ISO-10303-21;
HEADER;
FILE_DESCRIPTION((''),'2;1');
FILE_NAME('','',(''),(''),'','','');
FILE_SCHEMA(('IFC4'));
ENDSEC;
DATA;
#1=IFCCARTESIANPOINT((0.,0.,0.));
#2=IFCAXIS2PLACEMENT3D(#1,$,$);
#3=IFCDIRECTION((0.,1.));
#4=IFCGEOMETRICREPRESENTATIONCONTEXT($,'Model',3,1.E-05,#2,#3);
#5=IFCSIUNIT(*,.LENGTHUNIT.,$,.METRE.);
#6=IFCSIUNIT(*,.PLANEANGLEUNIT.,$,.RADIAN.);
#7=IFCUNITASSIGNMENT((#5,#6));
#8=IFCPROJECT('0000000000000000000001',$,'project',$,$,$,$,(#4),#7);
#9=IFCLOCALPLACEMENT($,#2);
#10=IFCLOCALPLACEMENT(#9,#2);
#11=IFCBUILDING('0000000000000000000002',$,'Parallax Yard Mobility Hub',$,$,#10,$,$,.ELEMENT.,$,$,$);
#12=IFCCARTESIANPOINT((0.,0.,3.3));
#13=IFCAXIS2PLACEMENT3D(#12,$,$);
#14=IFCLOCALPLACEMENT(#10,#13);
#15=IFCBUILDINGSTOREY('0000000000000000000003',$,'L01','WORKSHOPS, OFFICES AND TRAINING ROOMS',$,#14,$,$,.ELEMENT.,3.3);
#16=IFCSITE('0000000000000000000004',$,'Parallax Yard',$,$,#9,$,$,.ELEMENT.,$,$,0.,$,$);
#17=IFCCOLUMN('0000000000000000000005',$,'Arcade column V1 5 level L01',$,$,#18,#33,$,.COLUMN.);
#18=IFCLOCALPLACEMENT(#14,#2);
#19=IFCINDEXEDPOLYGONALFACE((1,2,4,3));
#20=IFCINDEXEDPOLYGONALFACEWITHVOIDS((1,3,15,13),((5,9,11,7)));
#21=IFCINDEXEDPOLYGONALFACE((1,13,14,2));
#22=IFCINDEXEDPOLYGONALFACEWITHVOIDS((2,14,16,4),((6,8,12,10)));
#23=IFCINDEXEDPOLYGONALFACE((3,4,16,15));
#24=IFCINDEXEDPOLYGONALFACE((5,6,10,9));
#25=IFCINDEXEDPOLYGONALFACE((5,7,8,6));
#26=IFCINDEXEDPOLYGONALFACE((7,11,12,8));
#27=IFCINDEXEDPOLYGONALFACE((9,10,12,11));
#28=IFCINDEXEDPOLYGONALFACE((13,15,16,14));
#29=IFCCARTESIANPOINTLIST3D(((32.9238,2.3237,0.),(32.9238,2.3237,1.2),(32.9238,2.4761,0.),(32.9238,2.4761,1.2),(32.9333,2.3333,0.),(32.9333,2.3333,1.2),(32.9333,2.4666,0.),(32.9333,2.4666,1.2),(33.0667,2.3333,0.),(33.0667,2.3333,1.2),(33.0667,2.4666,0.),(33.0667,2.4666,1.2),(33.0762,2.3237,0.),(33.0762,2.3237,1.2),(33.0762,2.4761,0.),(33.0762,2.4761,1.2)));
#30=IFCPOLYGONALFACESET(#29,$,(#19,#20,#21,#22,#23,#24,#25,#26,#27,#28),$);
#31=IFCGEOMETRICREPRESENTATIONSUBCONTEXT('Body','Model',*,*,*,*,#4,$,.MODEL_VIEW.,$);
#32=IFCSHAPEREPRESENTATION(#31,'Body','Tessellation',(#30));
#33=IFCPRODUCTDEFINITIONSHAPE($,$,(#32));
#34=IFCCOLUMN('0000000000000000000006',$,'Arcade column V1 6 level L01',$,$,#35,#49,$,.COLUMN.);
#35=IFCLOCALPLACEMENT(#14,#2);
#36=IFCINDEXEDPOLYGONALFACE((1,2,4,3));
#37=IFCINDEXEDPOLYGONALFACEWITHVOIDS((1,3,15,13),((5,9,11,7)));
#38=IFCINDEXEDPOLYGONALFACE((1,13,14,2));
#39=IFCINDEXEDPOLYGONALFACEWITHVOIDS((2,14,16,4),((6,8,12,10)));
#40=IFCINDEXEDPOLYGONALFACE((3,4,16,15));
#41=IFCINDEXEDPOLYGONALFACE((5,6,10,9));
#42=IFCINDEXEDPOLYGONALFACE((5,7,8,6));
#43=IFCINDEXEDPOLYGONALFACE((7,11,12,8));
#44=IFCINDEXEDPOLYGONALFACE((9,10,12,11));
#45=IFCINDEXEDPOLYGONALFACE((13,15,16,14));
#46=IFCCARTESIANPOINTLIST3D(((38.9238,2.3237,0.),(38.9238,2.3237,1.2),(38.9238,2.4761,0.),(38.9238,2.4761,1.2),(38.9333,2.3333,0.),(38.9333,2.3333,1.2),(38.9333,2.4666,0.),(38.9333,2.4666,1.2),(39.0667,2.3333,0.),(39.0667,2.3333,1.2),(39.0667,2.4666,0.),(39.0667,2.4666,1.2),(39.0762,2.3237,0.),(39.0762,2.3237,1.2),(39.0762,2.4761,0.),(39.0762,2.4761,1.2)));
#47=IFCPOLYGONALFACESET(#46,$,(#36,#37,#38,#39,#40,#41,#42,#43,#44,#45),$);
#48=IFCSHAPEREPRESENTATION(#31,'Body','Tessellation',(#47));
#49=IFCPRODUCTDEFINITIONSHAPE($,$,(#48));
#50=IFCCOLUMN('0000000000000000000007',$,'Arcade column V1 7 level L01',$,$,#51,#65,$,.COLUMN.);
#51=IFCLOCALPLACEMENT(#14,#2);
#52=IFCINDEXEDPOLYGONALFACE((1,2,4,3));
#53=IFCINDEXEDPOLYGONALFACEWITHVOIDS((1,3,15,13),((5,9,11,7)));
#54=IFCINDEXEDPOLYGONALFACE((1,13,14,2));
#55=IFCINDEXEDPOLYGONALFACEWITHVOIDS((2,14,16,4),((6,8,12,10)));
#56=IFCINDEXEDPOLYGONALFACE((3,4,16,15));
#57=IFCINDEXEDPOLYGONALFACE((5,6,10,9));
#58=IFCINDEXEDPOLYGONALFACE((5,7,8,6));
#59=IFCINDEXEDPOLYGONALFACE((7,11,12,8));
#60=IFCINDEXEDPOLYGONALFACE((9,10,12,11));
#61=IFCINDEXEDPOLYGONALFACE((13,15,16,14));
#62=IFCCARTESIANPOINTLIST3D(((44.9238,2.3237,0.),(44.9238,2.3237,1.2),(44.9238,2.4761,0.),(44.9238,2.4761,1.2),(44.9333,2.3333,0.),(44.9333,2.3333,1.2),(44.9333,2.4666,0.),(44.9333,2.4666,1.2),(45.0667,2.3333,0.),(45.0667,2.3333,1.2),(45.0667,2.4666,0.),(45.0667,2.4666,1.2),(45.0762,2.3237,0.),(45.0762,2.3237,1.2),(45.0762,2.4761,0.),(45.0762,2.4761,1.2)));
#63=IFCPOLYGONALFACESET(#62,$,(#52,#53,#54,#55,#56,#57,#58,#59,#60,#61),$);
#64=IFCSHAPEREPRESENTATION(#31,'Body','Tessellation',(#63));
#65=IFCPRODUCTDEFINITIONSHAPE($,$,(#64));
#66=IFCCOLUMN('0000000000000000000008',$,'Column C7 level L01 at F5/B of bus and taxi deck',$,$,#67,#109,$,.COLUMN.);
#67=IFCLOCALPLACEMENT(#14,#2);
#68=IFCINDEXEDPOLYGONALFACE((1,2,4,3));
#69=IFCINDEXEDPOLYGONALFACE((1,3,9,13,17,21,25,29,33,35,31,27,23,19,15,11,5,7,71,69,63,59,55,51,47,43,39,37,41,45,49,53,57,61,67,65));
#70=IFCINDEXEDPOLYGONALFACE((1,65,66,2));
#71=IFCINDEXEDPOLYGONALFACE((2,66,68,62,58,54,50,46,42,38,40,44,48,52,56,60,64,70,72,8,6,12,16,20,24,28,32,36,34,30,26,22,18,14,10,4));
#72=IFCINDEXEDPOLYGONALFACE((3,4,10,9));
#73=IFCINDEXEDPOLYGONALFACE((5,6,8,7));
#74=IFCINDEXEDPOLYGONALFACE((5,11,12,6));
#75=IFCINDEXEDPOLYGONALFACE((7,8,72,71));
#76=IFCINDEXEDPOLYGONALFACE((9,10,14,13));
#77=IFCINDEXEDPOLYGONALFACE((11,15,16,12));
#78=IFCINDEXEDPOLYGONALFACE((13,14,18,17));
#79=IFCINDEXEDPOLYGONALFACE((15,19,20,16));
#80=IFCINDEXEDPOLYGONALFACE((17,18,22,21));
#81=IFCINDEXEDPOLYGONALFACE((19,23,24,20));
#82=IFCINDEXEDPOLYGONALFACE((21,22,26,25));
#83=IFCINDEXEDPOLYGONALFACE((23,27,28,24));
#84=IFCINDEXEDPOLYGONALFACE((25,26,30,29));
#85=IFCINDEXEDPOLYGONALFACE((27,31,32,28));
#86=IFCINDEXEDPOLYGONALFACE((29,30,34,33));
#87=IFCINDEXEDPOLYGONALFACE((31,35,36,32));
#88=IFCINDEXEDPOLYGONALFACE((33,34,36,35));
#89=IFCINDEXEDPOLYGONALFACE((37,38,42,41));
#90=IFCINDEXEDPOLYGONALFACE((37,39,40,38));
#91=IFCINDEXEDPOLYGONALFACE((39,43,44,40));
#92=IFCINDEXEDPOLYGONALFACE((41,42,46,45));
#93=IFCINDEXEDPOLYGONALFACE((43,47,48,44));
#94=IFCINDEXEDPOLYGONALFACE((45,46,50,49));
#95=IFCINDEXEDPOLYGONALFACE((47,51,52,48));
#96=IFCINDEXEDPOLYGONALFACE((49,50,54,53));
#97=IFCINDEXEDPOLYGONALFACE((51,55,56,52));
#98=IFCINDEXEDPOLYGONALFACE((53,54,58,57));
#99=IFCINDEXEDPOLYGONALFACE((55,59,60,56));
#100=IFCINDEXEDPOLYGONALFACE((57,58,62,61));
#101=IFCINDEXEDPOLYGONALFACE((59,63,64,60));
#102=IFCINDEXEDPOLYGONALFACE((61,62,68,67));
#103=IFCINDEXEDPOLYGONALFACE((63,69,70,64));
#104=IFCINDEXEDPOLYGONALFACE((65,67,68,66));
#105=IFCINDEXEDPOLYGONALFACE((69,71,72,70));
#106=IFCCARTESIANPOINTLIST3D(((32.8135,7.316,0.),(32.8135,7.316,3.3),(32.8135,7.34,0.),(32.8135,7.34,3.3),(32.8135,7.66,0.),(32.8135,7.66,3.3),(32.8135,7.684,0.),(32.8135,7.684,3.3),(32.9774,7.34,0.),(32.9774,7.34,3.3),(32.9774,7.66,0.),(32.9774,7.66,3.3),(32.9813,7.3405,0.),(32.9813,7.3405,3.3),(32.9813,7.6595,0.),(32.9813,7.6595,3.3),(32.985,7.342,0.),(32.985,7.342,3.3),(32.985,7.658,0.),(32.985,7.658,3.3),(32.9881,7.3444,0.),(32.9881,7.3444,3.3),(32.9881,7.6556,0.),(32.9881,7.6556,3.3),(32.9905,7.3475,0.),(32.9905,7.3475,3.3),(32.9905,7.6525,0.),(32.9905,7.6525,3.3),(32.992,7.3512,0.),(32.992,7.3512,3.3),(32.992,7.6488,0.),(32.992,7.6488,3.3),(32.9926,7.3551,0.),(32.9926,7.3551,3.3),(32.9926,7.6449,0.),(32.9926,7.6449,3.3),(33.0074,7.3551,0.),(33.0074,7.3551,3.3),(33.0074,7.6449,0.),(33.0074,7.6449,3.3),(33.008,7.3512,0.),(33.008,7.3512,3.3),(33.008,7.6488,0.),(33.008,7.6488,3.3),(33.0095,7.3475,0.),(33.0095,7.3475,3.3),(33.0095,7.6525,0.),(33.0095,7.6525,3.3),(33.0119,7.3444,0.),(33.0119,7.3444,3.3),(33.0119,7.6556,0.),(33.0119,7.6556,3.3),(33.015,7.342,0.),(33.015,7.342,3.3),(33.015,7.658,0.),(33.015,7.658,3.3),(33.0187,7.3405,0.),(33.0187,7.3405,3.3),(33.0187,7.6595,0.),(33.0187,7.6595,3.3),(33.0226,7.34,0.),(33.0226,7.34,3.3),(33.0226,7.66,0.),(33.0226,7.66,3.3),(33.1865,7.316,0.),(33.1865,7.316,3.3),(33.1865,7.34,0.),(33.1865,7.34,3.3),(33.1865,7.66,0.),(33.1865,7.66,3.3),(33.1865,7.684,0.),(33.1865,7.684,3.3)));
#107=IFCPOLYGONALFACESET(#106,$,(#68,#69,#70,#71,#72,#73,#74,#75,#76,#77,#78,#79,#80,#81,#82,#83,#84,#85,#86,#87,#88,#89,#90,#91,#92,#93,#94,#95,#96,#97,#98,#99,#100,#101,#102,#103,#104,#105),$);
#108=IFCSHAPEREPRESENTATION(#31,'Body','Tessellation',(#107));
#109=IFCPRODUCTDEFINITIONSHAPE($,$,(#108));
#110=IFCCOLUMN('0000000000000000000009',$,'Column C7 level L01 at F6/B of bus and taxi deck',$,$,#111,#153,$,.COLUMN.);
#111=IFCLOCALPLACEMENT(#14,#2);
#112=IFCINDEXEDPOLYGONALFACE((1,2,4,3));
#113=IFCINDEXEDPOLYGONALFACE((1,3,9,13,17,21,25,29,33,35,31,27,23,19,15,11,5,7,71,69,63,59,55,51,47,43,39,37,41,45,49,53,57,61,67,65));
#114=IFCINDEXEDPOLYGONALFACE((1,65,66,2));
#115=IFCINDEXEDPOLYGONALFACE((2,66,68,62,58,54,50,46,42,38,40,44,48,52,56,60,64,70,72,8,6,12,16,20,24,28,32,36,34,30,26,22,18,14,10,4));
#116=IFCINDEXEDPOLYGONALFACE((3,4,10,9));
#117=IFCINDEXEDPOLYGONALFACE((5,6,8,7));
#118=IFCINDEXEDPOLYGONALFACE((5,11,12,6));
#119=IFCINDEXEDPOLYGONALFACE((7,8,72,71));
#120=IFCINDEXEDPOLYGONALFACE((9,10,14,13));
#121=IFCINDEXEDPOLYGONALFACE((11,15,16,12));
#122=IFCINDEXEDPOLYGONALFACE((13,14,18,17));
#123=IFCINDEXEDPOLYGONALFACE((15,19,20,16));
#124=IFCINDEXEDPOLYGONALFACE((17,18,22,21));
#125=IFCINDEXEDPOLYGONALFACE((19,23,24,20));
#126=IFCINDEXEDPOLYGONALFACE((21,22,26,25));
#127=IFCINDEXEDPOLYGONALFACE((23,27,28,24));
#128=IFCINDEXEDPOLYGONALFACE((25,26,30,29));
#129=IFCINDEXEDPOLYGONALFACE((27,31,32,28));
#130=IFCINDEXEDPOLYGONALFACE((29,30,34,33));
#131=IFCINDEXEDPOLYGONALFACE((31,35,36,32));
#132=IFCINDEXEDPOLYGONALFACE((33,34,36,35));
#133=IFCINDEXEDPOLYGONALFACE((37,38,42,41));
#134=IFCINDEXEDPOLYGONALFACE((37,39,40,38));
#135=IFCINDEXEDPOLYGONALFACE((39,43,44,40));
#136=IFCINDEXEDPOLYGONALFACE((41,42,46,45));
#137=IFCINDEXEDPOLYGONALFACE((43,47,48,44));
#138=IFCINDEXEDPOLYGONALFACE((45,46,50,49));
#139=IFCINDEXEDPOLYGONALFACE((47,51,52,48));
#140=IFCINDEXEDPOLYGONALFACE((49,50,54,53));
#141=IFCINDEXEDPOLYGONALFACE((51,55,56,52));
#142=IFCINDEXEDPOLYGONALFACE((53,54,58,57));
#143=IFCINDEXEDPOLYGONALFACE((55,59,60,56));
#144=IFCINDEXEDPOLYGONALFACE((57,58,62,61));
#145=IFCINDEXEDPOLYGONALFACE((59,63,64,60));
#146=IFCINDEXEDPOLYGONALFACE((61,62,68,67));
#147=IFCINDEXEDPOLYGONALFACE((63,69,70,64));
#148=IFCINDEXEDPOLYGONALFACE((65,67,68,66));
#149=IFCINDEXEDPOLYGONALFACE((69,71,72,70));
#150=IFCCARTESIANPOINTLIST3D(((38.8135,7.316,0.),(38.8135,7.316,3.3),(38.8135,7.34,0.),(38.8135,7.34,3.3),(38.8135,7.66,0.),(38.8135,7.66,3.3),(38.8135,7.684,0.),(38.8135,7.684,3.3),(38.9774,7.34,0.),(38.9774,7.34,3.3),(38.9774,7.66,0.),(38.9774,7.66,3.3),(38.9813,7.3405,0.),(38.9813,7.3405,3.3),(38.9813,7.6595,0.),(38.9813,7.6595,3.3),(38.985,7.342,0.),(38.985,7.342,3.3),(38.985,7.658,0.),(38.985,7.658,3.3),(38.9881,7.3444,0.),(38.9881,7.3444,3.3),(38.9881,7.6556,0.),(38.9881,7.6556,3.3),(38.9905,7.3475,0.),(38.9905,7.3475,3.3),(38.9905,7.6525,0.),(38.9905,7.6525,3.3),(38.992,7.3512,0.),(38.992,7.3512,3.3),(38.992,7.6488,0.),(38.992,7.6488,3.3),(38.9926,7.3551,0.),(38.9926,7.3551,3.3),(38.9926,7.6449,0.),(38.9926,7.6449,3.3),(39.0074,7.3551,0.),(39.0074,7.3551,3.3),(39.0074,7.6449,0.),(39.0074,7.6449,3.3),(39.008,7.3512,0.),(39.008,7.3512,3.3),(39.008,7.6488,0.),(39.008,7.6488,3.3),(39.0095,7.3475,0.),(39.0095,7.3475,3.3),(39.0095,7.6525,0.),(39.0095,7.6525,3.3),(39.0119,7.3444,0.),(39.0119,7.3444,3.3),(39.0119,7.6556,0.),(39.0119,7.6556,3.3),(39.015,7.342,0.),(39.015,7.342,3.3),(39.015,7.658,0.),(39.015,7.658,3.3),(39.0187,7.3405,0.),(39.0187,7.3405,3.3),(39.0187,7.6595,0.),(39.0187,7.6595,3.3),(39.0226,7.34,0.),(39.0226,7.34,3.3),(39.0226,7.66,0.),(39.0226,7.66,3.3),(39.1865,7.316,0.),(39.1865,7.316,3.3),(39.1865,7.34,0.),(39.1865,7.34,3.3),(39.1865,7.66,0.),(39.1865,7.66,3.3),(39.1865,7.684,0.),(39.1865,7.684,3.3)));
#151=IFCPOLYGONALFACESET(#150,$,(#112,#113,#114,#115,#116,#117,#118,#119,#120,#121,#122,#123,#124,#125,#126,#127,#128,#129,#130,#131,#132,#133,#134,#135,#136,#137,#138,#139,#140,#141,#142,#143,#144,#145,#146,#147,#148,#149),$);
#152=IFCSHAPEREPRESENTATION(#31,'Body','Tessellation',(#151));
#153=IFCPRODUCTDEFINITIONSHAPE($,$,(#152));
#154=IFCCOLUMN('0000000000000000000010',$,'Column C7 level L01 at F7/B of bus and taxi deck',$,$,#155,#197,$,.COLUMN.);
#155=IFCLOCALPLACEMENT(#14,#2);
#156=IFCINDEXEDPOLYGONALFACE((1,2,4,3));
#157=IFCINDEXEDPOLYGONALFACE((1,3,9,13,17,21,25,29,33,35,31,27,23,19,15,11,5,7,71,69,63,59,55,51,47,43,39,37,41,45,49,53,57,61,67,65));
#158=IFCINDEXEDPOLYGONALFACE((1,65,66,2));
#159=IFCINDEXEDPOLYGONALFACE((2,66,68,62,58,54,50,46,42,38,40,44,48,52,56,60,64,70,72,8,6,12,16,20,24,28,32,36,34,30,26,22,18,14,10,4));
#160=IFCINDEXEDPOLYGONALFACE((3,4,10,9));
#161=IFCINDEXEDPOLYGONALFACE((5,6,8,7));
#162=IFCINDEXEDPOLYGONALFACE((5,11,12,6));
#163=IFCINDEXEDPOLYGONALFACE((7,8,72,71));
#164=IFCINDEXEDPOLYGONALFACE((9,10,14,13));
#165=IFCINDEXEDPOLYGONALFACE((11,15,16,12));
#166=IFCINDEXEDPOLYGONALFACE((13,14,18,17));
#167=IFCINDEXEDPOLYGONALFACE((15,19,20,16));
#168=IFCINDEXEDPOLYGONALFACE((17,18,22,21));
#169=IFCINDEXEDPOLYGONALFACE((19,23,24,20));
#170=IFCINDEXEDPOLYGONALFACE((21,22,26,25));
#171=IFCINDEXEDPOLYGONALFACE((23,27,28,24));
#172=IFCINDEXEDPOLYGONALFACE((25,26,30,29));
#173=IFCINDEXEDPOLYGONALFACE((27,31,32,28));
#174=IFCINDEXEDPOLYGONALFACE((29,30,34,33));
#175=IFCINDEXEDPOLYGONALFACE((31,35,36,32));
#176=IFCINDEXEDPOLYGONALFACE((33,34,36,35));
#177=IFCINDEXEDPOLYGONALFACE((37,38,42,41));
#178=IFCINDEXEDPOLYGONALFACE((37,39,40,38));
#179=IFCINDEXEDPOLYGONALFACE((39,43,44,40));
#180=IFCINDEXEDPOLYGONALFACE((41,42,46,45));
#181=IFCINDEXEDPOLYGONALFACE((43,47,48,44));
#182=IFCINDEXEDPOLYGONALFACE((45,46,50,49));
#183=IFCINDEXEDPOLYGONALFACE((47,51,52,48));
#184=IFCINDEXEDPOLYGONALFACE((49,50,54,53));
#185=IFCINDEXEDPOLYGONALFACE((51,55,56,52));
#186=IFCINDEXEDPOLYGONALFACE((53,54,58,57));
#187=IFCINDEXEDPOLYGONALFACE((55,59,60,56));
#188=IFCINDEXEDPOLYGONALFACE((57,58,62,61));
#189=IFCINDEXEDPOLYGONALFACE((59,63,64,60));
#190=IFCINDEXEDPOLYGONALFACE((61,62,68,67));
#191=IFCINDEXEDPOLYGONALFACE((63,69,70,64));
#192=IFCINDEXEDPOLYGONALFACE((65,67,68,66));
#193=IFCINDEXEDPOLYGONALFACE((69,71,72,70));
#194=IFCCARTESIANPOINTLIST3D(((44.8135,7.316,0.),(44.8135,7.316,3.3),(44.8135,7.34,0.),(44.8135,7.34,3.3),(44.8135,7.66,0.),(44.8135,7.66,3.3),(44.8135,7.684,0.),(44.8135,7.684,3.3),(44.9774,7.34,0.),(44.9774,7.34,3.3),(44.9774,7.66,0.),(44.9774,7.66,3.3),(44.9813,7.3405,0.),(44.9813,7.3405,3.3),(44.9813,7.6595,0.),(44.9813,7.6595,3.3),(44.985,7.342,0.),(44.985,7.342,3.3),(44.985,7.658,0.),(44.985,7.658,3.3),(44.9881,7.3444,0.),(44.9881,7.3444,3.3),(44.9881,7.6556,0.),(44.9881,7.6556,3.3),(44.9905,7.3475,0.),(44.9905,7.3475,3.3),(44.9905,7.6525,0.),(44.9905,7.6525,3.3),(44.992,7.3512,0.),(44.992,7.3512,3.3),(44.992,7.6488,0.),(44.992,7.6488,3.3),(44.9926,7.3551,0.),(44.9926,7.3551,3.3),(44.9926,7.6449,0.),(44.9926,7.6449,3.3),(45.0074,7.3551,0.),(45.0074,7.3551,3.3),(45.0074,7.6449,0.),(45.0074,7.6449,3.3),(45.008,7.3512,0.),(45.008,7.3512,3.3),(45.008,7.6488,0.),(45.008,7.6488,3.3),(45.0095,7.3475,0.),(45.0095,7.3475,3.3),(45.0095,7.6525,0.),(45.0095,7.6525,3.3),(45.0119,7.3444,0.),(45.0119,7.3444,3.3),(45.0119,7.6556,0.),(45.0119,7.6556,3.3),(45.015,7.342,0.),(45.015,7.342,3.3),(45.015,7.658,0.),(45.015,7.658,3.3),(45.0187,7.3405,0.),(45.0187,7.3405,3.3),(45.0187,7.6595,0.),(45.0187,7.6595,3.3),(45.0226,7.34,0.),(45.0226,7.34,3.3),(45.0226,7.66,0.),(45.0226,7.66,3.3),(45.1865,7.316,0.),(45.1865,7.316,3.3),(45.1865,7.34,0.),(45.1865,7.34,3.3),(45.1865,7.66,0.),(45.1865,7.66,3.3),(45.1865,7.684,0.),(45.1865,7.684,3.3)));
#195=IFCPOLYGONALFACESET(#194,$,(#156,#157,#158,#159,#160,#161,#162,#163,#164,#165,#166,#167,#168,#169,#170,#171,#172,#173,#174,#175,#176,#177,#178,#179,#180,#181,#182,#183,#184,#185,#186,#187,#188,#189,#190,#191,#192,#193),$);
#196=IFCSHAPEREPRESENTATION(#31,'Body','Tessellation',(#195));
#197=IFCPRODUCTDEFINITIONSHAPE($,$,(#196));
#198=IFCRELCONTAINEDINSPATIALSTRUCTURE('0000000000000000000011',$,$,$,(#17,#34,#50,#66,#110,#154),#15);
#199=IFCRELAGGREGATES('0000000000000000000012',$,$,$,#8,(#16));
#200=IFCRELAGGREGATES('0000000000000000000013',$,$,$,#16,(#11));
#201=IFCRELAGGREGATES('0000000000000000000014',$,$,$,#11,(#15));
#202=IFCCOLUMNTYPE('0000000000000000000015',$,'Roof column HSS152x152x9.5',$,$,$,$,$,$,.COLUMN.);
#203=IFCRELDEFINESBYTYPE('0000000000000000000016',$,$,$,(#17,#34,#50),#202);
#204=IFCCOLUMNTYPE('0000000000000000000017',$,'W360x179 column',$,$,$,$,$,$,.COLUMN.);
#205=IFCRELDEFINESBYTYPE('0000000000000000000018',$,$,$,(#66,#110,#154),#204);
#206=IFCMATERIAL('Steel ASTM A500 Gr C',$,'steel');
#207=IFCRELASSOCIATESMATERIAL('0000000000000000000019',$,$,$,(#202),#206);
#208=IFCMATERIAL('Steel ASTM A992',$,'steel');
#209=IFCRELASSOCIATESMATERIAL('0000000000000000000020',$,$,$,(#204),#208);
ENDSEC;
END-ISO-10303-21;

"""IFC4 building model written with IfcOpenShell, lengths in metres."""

from ifc_helpers import new_model, si_unit, direction, frame, origin, origin_2d, place, context, subcontext, project, spatial, hollow_rectangle, i_section, extrude, material, material_profile, profile_set, type_object, element, save


model = new_model("IFC4")

# Units and contexts
model_context = context("Model", 3, precision=1e-05, world=origin(), true_north=direction((0.0, 1.0)))
body_context = subcontext(model_context, "Body", "Model", "MODEL_VIEW")
ifc_project = project(units=[si_unit("LENGTHUNIT", "METRE"), si_unit("PLANEANGLEUNIT", "RADIAN")], contexts=[model_context])

# Site, building, storey
site_placement = place(None, origin())
site = spatial("IfcSite", under=ifc_project, at=site_placement, Name="Parallax Yard", CompositionType="ELEMENT", RefElevation=0.0)
building_placement = place(site_placement, origin())
building = spatial("IfcBuilding", under=site, at=building_placement, Name="Parallax Yard Mobility Hub", CompositionType="ELEMENT")
storey_placement = place(building_placement, frame((0.0, 0.0, 3.3)))
storey = spatial("IfcBuildingStorey", under=building, at=storey_placement, Name="L01", Description="WORKSHOPS, OFFICES AND TRAINING ROOMS", CompositionType="ELEMENT", Elevation=3.3)

# Columns
ifc_material_1 = material(Name="Steel ASTM A500 Gr C", Category="steel")
ifc_material_profile_1 = material_profile(ifc_material_1, hollow_rectangle(XDim=0.1523, YDim=0.1523, WallThickness=0.0095, at=origin_2d()), Name="HSS152x152x9.5")
ifc_profile_set_1 = profile_set([ifc_material_profile_1], Name="Steel ASTM A500 Gr C")
column_type_1 = type_object("IfcColumnType", Name="Roof column HSS152x152x9.5", PredefinedType="COLUMN", material=ifc_profile_set_1)
for number, where, z_axis, x_axis, name in (
    (1, (33.0, 2.3999, 0.0), (0.0, 0.0, 1.0), (1.0, 0.0, 0.0), "Arcade column V1 5 level L01"),
    (2, (39.0, 2.3999, 0.0), (0.0, 0.0, 1.0), (1.0, 0.0, 0.0), "Arcade column V1 6 level L01"),
    (3, (45.0, 2.3999, 0.0), (0.0, 0.0, 1.0), (1.0, 0.0, 0.0), "Arcade column V1 7 level L01"),
):
    element("IfcColumn", number, at=place(storey_placement, frame(where, z_axis=z_axis, x_axis=x_axis)), inside=storey, type_object=column_type_1, Name=name, PredefinedType="COLUMN", context=body_context, shape_type="SweptSolid", body=[
        extrude(hollow_rectangle(XDim=0.1523, YDim=0.1523, WallThickness=0.0095, at=origin_2d()), origin(), (0.0, 0.0, 1.0), 1.2),
    ])
ifc_material_2 = material(Name="Steel ASTM A992", Category="steel")
ifc_material_profile_2 = material_profile(ifc_material_2, i_section(OverallWidth=0.373, OverallDepth=0.3679, WebThickness=0.0149, FlangeThickness=0.0239, FilletRadius=0.0151, at=origin_2d()), Name="W360x179")
ifc_profile_set_2 = profile_set([ifc_material_profile_2], Name="Steel ASTM A992")
column_type_2 = type_object("IfcColumnType", Name="W360x179 column", PredefinedType="COLUMN", material=ifc_profile_set_2)
for number, where, z_axis, x_axis, name in (
    (4, (33.0, 7.5, 0.0), (0.0, 0.0, 1.0), (1.0, 0.0, 0.0), "Column C7 level L01 at F5/B of bus and taxi deck"),
    (5, (39.0, 7.5, 0.0), (0.0, 0.0, 1.0), (1.0, 0.0, 0.0), "Column C7 level L01 at F6/B of bus and taxi deck"),
    (6, (45.0, 7.5, 0.0), (0.0, 0.0, 1.0), (1.0, 0.0, 0.0), "Column C7 level L01 at F7/B of bus and taxi deck"),
):
    element("IfcColumn", number, at=place(storey_placement, frame(where, z_axis=z_axis, x_axis=x_axis)), inside=storey, type_object=column_type_2, Name=name, PredefinedType="COLUMN", context=body_context, shape_type="SweptSolid", body=[
        extrude(i_section(OverallWidth=0.373, OverallDepth=0.3679, WebThickness=0.0149, FlangeThickness=0.0239, FilletRadius=0.0151, at=origin_2d()), origin(), (0.0, 0.0, 1.0), 3.3),
    ])

save(model, "model.ifc")
